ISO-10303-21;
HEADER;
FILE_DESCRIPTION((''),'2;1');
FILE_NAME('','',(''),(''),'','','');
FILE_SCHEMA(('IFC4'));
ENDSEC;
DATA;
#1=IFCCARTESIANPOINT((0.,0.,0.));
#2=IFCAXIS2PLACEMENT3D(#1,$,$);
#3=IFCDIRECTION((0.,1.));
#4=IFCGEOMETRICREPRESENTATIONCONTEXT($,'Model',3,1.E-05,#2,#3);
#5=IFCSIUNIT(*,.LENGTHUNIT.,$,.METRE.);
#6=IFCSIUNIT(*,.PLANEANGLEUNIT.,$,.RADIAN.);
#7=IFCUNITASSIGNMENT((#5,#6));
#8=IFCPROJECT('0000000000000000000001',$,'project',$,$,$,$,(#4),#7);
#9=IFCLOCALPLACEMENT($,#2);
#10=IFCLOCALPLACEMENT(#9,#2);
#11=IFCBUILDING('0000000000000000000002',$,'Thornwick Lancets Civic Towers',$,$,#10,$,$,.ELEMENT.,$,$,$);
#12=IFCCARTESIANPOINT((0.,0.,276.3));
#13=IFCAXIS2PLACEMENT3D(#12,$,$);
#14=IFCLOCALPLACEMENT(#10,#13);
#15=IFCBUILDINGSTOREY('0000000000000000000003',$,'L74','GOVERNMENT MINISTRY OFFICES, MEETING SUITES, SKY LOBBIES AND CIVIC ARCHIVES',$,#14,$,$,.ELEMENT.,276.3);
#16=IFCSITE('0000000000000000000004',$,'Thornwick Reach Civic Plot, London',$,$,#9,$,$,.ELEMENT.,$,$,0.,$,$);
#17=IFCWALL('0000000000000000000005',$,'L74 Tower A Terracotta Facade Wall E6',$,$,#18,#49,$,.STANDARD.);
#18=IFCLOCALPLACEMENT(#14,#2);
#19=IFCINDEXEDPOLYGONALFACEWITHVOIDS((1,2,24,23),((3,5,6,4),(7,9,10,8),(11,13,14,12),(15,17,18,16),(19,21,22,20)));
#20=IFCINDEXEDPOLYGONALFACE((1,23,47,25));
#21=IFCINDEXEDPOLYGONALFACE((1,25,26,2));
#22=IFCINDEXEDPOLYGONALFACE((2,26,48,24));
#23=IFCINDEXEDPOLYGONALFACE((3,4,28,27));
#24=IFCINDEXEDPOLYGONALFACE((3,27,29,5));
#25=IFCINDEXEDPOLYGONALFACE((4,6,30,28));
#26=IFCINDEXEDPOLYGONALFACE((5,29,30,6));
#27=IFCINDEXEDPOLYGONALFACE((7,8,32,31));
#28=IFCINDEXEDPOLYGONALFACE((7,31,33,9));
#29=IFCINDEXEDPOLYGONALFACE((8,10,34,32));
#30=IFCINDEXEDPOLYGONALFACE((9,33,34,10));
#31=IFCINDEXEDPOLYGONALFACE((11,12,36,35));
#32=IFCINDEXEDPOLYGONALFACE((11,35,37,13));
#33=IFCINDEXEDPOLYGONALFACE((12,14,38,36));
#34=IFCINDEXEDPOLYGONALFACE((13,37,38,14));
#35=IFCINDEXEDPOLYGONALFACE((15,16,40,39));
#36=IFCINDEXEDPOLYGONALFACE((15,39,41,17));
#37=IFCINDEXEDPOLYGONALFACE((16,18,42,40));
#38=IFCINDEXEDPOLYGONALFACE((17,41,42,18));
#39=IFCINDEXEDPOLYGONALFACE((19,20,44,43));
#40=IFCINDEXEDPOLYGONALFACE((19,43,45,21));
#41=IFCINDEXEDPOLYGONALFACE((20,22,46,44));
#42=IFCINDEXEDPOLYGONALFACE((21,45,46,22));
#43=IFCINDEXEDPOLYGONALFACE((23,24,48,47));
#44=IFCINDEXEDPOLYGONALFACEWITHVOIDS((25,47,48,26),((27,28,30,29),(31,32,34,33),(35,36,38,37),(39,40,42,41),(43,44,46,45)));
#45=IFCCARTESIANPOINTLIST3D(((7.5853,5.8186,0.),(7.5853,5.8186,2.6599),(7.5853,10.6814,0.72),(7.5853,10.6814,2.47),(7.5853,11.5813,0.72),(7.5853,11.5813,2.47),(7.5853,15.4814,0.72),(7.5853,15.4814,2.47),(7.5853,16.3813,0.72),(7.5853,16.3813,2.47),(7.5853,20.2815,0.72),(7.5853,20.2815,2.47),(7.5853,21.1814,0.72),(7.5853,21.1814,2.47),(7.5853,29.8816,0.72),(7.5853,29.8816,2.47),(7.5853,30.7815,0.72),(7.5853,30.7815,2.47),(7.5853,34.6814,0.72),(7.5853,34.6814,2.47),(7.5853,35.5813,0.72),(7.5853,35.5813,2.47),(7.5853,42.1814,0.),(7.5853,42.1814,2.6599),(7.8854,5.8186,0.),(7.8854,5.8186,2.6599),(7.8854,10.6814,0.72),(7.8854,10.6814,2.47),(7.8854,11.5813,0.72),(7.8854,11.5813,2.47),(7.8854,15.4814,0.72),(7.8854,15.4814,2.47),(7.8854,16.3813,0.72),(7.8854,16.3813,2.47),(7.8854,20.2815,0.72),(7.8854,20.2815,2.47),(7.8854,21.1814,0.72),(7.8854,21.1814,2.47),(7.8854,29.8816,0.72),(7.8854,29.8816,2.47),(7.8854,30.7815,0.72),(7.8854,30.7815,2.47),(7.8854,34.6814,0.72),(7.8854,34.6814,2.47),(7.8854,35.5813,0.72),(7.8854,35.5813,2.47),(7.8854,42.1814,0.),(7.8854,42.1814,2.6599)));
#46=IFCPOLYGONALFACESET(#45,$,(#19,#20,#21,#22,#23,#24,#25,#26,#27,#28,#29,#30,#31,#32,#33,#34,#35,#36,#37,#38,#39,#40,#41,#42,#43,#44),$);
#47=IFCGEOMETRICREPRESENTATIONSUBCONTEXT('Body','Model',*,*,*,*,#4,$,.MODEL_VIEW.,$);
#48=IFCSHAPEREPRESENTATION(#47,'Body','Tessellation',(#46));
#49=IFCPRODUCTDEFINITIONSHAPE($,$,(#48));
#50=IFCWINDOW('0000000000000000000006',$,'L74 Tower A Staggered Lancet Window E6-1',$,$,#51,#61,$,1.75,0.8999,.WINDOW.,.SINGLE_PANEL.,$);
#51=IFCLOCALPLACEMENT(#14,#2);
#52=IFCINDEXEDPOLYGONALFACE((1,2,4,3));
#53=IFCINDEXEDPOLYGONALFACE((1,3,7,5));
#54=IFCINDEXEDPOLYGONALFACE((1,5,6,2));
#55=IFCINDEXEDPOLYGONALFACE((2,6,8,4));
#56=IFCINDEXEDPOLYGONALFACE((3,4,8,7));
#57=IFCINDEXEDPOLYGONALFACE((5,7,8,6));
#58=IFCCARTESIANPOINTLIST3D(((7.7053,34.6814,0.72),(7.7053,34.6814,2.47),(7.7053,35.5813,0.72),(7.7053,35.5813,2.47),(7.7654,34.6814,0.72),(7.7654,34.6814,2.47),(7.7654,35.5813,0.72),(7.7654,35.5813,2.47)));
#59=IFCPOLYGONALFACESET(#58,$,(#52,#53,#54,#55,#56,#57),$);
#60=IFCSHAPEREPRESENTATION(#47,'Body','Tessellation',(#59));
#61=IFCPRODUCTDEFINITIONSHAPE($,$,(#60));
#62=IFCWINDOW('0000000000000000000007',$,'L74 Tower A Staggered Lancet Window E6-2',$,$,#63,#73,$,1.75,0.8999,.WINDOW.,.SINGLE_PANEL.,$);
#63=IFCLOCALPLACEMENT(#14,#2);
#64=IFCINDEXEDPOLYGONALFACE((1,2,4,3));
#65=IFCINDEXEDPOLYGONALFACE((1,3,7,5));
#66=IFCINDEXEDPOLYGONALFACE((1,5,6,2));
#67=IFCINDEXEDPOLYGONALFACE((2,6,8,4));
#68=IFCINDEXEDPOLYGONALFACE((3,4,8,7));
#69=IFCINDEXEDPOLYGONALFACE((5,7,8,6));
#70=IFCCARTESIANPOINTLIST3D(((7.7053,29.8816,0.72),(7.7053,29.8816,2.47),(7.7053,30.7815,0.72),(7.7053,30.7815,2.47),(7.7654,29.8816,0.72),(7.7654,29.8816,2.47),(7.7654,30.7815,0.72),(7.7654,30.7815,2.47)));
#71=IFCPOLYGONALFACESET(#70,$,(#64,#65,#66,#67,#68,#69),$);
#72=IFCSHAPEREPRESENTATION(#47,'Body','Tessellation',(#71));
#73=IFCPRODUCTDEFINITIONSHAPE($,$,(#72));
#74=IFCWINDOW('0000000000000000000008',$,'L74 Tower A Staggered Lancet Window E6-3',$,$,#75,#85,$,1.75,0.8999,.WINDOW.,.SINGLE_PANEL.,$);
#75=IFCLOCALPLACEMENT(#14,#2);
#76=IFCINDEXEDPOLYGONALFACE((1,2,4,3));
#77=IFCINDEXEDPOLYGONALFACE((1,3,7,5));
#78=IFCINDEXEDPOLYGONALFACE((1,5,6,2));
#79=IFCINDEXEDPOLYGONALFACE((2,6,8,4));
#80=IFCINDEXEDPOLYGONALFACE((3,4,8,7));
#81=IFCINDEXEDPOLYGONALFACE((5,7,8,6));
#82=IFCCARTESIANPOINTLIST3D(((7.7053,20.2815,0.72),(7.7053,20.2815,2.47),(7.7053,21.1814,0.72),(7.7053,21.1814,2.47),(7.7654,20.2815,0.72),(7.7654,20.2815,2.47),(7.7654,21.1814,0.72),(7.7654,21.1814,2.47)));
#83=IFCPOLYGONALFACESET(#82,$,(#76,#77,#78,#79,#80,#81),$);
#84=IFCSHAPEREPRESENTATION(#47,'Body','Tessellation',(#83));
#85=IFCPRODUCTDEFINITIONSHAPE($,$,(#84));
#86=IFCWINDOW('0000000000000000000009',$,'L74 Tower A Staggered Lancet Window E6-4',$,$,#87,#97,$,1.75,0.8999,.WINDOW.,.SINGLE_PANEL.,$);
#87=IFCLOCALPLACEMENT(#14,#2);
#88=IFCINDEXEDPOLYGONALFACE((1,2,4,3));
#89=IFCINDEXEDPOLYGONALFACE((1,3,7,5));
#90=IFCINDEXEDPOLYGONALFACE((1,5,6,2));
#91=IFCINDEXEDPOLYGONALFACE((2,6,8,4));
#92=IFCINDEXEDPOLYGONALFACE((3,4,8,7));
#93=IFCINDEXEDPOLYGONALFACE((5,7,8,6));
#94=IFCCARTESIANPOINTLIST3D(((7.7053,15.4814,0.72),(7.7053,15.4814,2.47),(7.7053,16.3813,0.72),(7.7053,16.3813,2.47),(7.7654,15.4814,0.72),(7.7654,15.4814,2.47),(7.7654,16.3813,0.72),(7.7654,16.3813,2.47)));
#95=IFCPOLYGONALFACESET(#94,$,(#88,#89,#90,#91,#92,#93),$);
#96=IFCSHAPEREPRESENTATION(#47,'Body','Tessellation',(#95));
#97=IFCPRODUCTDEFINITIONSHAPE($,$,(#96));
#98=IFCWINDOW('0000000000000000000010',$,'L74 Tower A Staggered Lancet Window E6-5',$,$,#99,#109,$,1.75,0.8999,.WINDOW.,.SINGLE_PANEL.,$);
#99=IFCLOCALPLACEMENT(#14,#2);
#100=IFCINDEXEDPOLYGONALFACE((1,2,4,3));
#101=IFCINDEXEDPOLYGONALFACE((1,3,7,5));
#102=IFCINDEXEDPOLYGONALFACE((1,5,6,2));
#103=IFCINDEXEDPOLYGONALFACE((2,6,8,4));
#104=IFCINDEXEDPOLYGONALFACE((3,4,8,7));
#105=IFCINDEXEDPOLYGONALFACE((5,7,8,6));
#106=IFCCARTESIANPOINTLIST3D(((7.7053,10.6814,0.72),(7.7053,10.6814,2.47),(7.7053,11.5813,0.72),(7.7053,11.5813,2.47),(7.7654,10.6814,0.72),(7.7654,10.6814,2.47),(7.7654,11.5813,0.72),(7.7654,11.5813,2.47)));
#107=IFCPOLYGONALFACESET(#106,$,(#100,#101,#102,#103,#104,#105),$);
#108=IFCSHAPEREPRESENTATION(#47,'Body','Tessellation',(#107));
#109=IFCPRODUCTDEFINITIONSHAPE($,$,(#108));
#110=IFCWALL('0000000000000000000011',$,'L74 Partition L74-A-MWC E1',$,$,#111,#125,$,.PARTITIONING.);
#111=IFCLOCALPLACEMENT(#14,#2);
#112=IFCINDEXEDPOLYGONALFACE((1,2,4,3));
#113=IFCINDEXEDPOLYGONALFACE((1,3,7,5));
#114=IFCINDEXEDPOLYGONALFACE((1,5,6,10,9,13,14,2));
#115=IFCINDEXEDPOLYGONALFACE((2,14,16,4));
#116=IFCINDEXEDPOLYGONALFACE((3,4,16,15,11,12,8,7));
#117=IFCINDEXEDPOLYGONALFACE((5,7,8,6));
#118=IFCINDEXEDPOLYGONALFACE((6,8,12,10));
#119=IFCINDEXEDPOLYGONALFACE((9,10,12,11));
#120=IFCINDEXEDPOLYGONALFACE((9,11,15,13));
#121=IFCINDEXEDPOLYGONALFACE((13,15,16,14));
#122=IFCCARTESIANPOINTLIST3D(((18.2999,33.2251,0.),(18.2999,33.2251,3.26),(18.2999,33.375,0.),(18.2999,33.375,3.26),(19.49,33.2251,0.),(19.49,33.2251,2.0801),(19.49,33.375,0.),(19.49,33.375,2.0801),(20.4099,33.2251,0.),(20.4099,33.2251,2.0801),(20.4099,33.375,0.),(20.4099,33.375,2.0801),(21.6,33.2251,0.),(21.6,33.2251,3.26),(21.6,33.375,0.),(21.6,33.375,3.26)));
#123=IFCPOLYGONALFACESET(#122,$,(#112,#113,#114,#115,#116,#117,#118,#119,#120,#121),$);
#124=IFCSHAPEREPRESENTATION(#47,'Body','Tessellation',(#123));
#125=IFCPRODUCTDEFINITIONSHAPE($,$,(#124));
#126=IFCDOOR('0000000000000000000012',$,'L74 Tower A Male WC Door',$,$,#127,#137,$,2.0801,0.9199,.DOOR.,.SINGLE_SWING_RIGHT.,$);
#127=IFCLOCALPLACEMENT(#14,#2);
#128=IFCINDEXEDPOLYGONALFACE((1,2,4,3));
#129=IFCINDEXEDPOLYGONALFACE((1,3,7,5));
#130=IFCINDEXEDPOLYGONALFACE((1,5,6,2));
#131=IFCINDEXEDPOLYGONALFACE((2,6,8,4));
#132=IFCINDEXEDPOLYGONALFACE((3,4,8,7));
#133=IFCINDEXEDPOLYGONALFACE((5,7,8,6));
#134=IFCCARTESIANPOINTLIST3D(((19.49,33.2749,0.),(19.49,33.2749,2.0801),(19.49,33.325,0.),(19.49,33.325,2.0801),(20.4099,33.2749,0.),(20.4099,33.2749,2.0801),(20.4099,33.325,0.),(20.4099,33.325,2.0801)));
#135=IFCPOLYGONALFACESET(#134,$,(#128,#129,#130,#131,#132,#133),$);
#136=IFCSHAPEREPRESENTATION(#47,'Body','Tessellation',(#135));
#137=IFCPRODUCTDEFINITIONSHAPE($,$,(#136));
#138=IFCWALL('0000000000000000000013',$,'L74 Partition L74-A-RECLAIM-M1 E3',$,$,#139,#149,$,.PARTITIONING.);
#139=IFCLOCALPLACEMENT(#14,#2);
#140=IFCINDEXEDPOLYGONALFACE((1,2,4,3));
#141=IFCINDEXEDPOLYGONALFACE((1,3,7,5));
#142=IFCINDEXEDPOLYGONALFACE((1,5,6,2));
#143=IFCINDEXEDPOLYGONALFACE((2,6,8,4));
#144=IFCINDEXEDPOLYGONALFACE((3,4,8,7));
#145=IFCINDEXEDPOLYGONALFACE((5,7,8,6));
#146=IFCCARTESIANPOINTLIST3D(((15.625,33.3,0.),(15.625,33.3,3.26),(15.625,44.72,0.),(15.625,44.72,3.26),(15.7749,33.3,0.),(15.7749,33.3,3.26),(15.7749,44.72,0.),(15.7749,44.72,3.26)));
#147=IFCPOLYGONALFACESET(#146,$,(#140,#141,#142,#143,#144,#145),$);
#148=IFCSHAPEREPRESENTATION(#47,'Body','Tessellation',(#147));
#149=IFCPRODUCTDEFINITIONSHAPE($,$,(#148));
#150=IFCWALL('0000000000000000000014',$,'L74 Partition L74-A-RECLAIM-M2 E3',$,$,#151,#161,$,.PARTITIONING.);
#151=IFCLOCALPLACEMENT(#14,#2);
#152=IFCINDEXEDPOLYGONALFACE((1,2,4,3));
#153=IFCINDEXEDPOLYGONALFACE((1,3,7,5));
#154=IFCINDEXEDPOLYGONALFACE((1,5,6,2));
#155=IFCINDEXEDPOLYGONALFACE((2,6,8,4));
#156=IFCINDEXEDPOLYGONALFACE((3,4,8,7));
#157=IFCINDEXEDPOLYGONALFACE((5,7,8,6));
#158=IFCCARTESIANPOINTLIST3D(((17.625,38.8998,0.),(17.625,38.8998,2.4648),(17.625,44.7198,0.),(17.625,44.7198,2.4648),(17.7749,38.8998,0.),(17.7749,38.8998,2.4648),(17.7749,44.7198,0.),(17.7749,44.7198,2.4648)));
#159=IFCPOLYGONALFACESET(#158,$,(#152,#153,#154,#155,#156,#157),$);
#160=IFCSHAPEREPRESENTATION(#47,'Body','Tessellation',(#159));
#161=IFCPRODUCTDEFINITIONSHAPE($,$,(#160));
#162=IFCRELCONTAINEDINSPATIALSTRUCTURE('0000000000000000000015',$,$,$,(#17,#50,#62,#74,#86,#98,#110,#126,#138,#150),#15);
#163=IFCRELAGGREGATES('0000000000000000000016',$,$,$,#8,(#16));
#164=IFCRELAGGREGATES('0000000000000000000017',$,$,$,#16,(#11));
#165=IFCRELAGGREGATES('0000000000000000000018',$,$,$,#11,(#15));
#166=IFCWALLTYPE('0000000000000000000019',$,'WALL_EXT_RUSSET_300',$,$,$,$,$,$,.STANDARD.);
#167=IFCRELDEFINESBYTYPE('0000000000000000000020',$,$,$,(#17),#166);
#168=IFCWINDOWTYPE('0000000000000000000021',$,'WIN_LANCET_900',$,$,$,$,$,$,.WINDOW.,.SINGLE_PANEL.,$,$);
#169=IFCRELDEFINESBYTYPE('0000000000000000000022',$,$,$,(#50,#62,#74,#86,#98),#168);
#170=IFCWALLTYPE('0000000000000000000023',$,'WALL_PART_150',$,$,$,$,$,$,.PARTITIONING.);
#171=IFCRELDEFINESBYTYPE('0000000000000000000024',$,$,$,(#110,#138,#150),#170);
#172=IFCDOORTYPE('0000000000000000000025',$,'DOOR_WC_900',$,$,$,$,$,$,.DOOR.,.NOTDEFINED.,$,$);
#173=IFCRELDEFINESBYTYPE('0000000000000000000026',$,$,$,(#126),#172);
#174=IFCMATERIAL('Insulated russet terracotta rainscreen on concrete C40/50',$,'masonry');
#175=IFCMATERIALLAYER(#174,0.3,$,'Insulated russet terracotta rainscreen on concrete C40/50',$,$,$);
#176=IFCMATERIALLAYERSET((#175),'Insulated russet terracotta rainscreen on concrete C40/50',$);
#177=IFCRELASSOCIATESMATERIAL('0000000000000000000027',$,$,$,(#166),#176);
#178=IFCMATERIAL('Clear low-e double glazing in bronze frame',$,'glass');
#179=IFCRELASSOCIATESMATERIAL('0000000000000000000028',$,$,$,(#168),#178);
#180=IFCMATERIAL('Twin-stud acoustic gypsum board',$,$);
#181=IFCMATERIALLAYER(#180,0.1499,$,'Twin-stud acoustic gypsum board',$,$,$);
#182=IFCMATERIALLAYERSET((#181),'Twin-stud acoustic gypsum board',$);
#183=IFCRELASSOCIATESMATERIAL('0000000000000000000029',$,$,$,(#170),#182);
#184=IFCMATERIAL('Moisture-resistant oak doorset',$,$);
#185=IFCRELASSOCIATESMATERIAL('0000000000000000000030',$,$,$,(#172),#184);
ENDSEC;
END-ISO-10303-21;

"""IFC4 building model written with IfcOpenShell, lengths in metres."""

from ifc_helpers import new_model, si_unit, direction, frame, frame_2d, origin, place, context, subcontext, project, spatial, rectangle, extrude, material, layer, layer_set, type_object, element, fill, save


model = new_model("IFC4")

# Units and contexts
model_context = context("Model", 3, precision=1e-05, world=origin(), true_north=direction((0.0, 1.0)))
body_context = subcontext(model_context, "Body", "Model", "MODEL_VIEW")
ifc_project = project(units=[si_unit("LENGTHUNIT", "METRE"), si_unit("PLANEANGLEUNIT", "RADIAN")], contexts=[model_context])

# Site, building, storey
site_placement = place(None, origin())
site = spatial("IfcSite", under=ifc_project, at=site_placement, Name="Thornwick Reach Civic Plot, London", CompositionType="ELEMENT", RefElevation=0.0)
building_placement = place(site_placement, origin())
building = spatial("IfcBuilding", under=site, at=building_placement, Name="Thornwick Lancets Civic Towers", CompositionType="ELEMENT")
storey_placement = place(building_placement, frame((0.0, 0.0, 276.3)))
storey = spatial("IfcBuildingStorey", under=building, at=storey_placement, Name="L74", Description="GOVERNMENT MINISTRY OFFICES, MEETING SUITES, SKY LOBBIES AND CIVIC ARCHIVES", CompositionType="ELEMENT", Elevation=276.3)

# Wall, openings, windows
ifc_material_1 = material(Name="Insulated russet terracotta rainscreen on concrete C40/50", Category="masonry")
ifc_layer_1 = layer(ifc_material_1, 0.3, Name="Insulated russet terracotta rainscreen on concrete C40/50")
ifc_layer_set_1 = layer_set([ifc_layer_1], Name="Insulated russet terracotta rainscreen on concrete C40/50")
wall_type_1 = type_object("IfcWallType", Name="WALL_EXT_RUSSET_300", PredefinedType="STANDARD", material=ifc_layer_set_1)
wall_1_placement = place(storey_placement, frame((7.7354, 42.1814, 0.0), z_axis=(0.0, 0.0, 1.0), x_axis=(0.0, -1.0, 0.0)))
wall_1 = element("IfcWall", 1, at=wall_1_placement, inside=storey, type_object=wall_type_1, Name="L74 Tower A Terracotta Facade Wall E6", PredefinedType="STANDARD", context=body_context, shape_type="SweptSolid", body=[
    extrude(rectangle(XDim=36.3628, YDim=0.3, at=frame_2d((18.1814, 0.0))), origin(), (0.0, 0.0, 1.0), 2.6599),
])
opening_1_placement = place(wall_1_placement, frame((6.6001, 0.0, 0.72)))
opening_1 = element("IfcOpeningElement", 2, at=opening_1_placement, cuts=wall_1, PredefinedType="OPENING", context=body_context, shape_type="SweptSolid", body=[
    extrude(rectangle(XDim=0.8999, YDim=1.75, at=frame_2d((0.45, 0.875))), frame((0.0, 0.1602, 0.0), z_axis=(0.0, -1.0, 0.0), x_axis=(1.0, 0.0, 0.0)), (0.0, 0.0, 1.0), 0.3201),
])
opening_2_placement = place(wall_1_placement, frame((11.3999, 0.0, 0.72)))
opening_2 = element("IfcOpeningElement", 3, at=opening_2_placement, cuts=wall_1, PredefinedType="OPENING", context=body_context, shape_type="SweptSolid", body=[
    extrude(rectangle(XDim=0.8999, YDim=1.75, at=frame_2d((0.45, 0.875))), frame((0.0, 0.1602, 0.0), z_axis=(0.0, -1.0, 0.0), x_axis=(1.0, 0.0, 0.0)), (0.0, 0.0, 1.0), 0.3201),
])
opening_3_placement = place(wall_1_placement, frame((21.0, 0.0, 0.72)))
opening_3 = element("IfcOpeningElement", 4, at=opening_3_placement, cuts=wall_1, PredefinedType="OPENING", context=body_context, shape_type="SweptSolid", body=[
    extrude(rectangle(XDim=0.8999, YDim=1.75, at=frame_2d((0.45, 0.875))), frame((0.0, 0.1602, 0.0), z_axis=(0.0, -1.0, 0.0), x_axis=(1.0, 0.0, 0.0)), (0.0, 0.0, 1.0), 0.3201),
])
opening_4_placement = place(wall_1_placement, frame((25.8, 0.0, 0.72)))
opening_4 = element("IfcOpeningElement", 5, at=opening_4_placement, cuts=wall_1, PredefinedType="OPENING", context=body_context, shape_type="SweptSolid", body=[
    extrude(rectangle(XDim=0.8999, YDim=1.75, at=frame_2d((0.45, 0.875))), frame((0.0, 0.1602, 0.0), z_axis=(0.0, -1.0, 0.0), x_axis=(1.0, 0.0, 0.0)), (0.0, 0.0, 1.0), 0.3201),
])
opening_5_placement = place(wall_1_placement, frame((30.6001, 0.0, 0.72)))
opening_5 = element("IfcOpeningElement", 6, at=opening_5_placement, cuts=wall_1, PredefinedType="OPENING", context=body_context, shape_type="SweptSolid", body=[
    extrude(rectangle(XDim=0.8999, YDim=1.75, at=frame_2d((0.45, 0.875))), frame((0.0, 0.1602, 0.0), z_axis=(0.0, -1.0, 0.0), x_axis=(1.0, 0.0, 0.0)), (0.0, 0.0, 1.0), 0.3201),
])
ifc_material_2 = material(Name="Clear low-e double glazing in bronze frame", Category="glass")
window_type = type_object("IfcWindowType", Name="WIN_LANCET_900", PartitioningType="SINGLE_PANEL", PredefinedType="WINDOW", material=ifc_material_2)
window_1_placement = place(opening_1_placement, origin())
window_1 = element("IfcWindow", 7, at=window_1_placement, inside=storey, type_object=window_type, Name="L74 Tower A Staggered Lancet Window E6-1", OverallHeight=1.75, OverallWidth=0.8999, PartitioningType="SINGLE_PANEL", PredefinedType="WINDOW", context=body_context, shape_type="SweptSolid", body=[
    extrude(rectangle(XDim=0.8999, YDim=1.75, at=frame_2d((0.45, 0.875))), frame((0.0, 0.03, 0.0), z_axis=(0.0, -1.0, 0.0), x_axis=(1.0, 0.0, 0.0)), (0.0, 0.0, 1.0), 0.0601),
])
fill(opening_1, window_1)
window_2_placement = place(opening_2_placement, origin())
window_2 = element("IfcWindow", 8, at=window_2_placement, inside=storey, type_object=window_type, Name="L74 Tower A Staggered Lancet Window E6-2", OverallHeight=1.75, OverallWidth=0.8999, PartitioningType="SINGLE_PANEL", PredefinedType="WINDOW", context=body_context, shape_type="SweptSolid", body=[
    extrude(rectangle(XDim=0.8999, YDim=1.75, at=frame_2d((0.45, 0.875))), frame((0.0, 0.03, 0.0), z_axis=(0.0, -1.0, 0.0), x_axis=(1.0, 0.0, 0.0)), (0.0, 0.0, 1.0), 0.0601),
])
fill(opening_2, window_2)
window_3_placement = place(opening_3_placement, origin())
window_3 = element("IfcWindow", 9, at=window_3_placement, inside=storey, type_object=window_type, Name="L74 Tower A Staggered Lancet Window E6-3", OverallHeight=1.75, OverallWidth=0.8999, PartitioningType="SINGLE_PANEL", PredefinedType="WINDOW", context=body_context, shape_type="SweptSolid", body=[
    extrude(rectangle(XDim=0.8999, YDim=1.75, at=frame_2d((0.45, 0.875))), frame((0.0, 0.03, 0.0), z_axis=(0.0, -1.0, 0.0), x_axis=(1.0, 0.0, 0.0)), (0.0, 0.0, 1.0), 0.0601),
])
fill(opening_3, window_3)
window_4_placement = place(opening_4_placement, origin())
window_4 = element("IfcWindow", 10, at=window_4_placement, inside=storey, type_object=window_type, Name="L74 Tower A Staggered Lancet Window E6-4", OverallHeight=1.75, OverallWidth=0.8999, PartitioningType="SINGLE_PANEL", PredefinedType="WINDOW", context=body_context, shape_type="SweptSolid", body=[
    extrude(rectangle(XDim=0.8999, YDim=1.75, at=frame_2d((0.45, 0.875))), frame((0.0, 0.03, 0.0), z_axis=(0.0, -1.0, 0.0), x_axis=(1.0, 0.0, 0.0)), (0.0, 0.0, 1.0), 0.0601),
])
fill(opening_4, window_4)
window_5_placement = place(opening_5_placement, origin())
window_5 = element("IfcWindow", 11, at=window_5_placement, inside=storey, type_object=window_type, Name="L74 Tower A Staggered Lancet Window E6-5", OverallHeight=1.75, OverallWidth=0.8999, PartitioningType="SINGLE_PANEL", PredefinedType="WINDOW", context=body_context, shape_type="SweptSolid", body=[
    extrude(rectangle(XDim=0.8999, YDim=1.75, at=frame_2d((0.45, 0.875))), frame((0.0, 0.03, 0.0), z_axis=(0.0, -1.0, 0.0), x_axis=(1.0, 0.0, 0.0)), (0.0, 0.0, 1.0), 0.0601),
])
fill(opening_5, window_5)

# Wall, opening, door
ifc_material_3 = material(Name="Twin-stud acoustic gypsum board")
ifc_layer_2 = layer(ifc_material_3, 0.1499, Name="Twin-stud acoustic gypsum board")
ifc_layer_set_2 = layer_set([ifc_layer_2], Name="Twin-stud acoustic gypsum board")
wall_type_2 = type_object("IfcWallType", Name="WALL_PART_150", PredefinedType="PARTITIONING", material=ifc_layer_set_2)
wall_2_placement = place(storey_placement, frame((18.3, 33.3, 0.0), z_axis=(0.0, 0.0, 1.0), x_axis=(1.0, 0.0, 0.0)))
wall_2 = element("IfcWall", 12, at=wall_2_placement, inside=storey, type_object=wall_type_2, Name="L74 Partition L74-A-MWC E1", PredefinedType="PARTITIONING", context=body_context, shape_type="SweptSolid", body=[
    extrude(rectangle(XDim=3.3, YDim=0.1499, at=frame_2d((1.6499, 0.0))), origin(), (0.0, 0.0, 1.0), 3.26),
])
opening_6_placement = place(wall_2_placement, frame((1.1899, 0.0, 0.0)))
opening_6 = element("IfcOpeningElement", 13, at=opening_6_placement, cuts=wall_2, PredefinedType="OPENING", context=body_context, shape_type="SweptSolid", body=[
    extrude(rectangle(XDim=0.9199, YDim=2.0801, at=frame_2d((0.46, 1.04))), frame((0.0, 0.085, 0.0), z_axis=(0.0, -1.0, 0.0), x_axis=(1.0, 0.0, 0.0)), (0.0, 0.0, 1.0), 0.1699),
])
ifc_material_4 = material(Name="Moisture-resistant oak doorset")
door_type = type_object("IfcDoorType", Name="DOOR_WC_900", OperationType="NOTDEFINED", PredefinedType="DOOR", material=ifc_material_4)
door_placement = place(opening_6_placement, origin())
door = element("IfcDoor", 14, at=door_placement, inside=storey, type_object=door_type, Name="L74 Tower A Male WC Door", OperationType="SINGLE_SWING_RIGHT", OverallHeight=2.0801, OverallWidth=0.9199, PredefinedType="DOOR", context=body_context, shape_type="SweptSolid", body=[
    extrude(rectangle(XDim=0.9199, YDim=2.0801, at=frame_2d((0.46, 1.04))), frame((0.0, 0.0249, 0.0), z_axis=(0.0, -1.0, 0.0), x_axis=(1.0, 0.0, 0.0)), (0.0, 0.0, 1.0), 0.05),
])
fill(opening_6, door)

# Walls
wall_3_placement = place(storey_placement, frame((15.7, 44.72, 0.0), z_axis=(0.0, 0.0, 1.0), x_axis=(0.0, -1.0, 0.0)))
element("IfcWall", 15, at=wall_3_placement, inside=storey, type_object=wall_type_2, Name="L74 Partition L74-A-RECLAIM-M1 E3", PredefinedType="PARTITIONING", context=body_context, shape_type="SweptSolid", body=[
    extrude(rectangle(XDim=11.4199, YDim=0.1499, at=frame_2d((5.71, 0.0))), origin(), (0.0, 0.0, 1.0), 3.26),
])
wall_4_placement = place(storey_placement, frame((17.7, 44.72, 0.0), z_axis=(0.0, 0.0, 1.0), x_axis=(0.0, -1.0, 0.0)))
element("IfcWall", 16, at=wall_4_placement, inside=storey, type_object=wall_type_2, Name="L74 Partition L74-A-RECLAIM-M2 E3", PredefinedType="PARTITIONING", context=body_context, shape_type="SweptSolid", body=[
    extrude(rectangle(XDim=5.8201, YDim=0.1499, at=frame_2d((2.9102, 0.0))), origin(), (0.0, 0.0, 1.0), 2.4648),
])

save(model, "model.ifc")
